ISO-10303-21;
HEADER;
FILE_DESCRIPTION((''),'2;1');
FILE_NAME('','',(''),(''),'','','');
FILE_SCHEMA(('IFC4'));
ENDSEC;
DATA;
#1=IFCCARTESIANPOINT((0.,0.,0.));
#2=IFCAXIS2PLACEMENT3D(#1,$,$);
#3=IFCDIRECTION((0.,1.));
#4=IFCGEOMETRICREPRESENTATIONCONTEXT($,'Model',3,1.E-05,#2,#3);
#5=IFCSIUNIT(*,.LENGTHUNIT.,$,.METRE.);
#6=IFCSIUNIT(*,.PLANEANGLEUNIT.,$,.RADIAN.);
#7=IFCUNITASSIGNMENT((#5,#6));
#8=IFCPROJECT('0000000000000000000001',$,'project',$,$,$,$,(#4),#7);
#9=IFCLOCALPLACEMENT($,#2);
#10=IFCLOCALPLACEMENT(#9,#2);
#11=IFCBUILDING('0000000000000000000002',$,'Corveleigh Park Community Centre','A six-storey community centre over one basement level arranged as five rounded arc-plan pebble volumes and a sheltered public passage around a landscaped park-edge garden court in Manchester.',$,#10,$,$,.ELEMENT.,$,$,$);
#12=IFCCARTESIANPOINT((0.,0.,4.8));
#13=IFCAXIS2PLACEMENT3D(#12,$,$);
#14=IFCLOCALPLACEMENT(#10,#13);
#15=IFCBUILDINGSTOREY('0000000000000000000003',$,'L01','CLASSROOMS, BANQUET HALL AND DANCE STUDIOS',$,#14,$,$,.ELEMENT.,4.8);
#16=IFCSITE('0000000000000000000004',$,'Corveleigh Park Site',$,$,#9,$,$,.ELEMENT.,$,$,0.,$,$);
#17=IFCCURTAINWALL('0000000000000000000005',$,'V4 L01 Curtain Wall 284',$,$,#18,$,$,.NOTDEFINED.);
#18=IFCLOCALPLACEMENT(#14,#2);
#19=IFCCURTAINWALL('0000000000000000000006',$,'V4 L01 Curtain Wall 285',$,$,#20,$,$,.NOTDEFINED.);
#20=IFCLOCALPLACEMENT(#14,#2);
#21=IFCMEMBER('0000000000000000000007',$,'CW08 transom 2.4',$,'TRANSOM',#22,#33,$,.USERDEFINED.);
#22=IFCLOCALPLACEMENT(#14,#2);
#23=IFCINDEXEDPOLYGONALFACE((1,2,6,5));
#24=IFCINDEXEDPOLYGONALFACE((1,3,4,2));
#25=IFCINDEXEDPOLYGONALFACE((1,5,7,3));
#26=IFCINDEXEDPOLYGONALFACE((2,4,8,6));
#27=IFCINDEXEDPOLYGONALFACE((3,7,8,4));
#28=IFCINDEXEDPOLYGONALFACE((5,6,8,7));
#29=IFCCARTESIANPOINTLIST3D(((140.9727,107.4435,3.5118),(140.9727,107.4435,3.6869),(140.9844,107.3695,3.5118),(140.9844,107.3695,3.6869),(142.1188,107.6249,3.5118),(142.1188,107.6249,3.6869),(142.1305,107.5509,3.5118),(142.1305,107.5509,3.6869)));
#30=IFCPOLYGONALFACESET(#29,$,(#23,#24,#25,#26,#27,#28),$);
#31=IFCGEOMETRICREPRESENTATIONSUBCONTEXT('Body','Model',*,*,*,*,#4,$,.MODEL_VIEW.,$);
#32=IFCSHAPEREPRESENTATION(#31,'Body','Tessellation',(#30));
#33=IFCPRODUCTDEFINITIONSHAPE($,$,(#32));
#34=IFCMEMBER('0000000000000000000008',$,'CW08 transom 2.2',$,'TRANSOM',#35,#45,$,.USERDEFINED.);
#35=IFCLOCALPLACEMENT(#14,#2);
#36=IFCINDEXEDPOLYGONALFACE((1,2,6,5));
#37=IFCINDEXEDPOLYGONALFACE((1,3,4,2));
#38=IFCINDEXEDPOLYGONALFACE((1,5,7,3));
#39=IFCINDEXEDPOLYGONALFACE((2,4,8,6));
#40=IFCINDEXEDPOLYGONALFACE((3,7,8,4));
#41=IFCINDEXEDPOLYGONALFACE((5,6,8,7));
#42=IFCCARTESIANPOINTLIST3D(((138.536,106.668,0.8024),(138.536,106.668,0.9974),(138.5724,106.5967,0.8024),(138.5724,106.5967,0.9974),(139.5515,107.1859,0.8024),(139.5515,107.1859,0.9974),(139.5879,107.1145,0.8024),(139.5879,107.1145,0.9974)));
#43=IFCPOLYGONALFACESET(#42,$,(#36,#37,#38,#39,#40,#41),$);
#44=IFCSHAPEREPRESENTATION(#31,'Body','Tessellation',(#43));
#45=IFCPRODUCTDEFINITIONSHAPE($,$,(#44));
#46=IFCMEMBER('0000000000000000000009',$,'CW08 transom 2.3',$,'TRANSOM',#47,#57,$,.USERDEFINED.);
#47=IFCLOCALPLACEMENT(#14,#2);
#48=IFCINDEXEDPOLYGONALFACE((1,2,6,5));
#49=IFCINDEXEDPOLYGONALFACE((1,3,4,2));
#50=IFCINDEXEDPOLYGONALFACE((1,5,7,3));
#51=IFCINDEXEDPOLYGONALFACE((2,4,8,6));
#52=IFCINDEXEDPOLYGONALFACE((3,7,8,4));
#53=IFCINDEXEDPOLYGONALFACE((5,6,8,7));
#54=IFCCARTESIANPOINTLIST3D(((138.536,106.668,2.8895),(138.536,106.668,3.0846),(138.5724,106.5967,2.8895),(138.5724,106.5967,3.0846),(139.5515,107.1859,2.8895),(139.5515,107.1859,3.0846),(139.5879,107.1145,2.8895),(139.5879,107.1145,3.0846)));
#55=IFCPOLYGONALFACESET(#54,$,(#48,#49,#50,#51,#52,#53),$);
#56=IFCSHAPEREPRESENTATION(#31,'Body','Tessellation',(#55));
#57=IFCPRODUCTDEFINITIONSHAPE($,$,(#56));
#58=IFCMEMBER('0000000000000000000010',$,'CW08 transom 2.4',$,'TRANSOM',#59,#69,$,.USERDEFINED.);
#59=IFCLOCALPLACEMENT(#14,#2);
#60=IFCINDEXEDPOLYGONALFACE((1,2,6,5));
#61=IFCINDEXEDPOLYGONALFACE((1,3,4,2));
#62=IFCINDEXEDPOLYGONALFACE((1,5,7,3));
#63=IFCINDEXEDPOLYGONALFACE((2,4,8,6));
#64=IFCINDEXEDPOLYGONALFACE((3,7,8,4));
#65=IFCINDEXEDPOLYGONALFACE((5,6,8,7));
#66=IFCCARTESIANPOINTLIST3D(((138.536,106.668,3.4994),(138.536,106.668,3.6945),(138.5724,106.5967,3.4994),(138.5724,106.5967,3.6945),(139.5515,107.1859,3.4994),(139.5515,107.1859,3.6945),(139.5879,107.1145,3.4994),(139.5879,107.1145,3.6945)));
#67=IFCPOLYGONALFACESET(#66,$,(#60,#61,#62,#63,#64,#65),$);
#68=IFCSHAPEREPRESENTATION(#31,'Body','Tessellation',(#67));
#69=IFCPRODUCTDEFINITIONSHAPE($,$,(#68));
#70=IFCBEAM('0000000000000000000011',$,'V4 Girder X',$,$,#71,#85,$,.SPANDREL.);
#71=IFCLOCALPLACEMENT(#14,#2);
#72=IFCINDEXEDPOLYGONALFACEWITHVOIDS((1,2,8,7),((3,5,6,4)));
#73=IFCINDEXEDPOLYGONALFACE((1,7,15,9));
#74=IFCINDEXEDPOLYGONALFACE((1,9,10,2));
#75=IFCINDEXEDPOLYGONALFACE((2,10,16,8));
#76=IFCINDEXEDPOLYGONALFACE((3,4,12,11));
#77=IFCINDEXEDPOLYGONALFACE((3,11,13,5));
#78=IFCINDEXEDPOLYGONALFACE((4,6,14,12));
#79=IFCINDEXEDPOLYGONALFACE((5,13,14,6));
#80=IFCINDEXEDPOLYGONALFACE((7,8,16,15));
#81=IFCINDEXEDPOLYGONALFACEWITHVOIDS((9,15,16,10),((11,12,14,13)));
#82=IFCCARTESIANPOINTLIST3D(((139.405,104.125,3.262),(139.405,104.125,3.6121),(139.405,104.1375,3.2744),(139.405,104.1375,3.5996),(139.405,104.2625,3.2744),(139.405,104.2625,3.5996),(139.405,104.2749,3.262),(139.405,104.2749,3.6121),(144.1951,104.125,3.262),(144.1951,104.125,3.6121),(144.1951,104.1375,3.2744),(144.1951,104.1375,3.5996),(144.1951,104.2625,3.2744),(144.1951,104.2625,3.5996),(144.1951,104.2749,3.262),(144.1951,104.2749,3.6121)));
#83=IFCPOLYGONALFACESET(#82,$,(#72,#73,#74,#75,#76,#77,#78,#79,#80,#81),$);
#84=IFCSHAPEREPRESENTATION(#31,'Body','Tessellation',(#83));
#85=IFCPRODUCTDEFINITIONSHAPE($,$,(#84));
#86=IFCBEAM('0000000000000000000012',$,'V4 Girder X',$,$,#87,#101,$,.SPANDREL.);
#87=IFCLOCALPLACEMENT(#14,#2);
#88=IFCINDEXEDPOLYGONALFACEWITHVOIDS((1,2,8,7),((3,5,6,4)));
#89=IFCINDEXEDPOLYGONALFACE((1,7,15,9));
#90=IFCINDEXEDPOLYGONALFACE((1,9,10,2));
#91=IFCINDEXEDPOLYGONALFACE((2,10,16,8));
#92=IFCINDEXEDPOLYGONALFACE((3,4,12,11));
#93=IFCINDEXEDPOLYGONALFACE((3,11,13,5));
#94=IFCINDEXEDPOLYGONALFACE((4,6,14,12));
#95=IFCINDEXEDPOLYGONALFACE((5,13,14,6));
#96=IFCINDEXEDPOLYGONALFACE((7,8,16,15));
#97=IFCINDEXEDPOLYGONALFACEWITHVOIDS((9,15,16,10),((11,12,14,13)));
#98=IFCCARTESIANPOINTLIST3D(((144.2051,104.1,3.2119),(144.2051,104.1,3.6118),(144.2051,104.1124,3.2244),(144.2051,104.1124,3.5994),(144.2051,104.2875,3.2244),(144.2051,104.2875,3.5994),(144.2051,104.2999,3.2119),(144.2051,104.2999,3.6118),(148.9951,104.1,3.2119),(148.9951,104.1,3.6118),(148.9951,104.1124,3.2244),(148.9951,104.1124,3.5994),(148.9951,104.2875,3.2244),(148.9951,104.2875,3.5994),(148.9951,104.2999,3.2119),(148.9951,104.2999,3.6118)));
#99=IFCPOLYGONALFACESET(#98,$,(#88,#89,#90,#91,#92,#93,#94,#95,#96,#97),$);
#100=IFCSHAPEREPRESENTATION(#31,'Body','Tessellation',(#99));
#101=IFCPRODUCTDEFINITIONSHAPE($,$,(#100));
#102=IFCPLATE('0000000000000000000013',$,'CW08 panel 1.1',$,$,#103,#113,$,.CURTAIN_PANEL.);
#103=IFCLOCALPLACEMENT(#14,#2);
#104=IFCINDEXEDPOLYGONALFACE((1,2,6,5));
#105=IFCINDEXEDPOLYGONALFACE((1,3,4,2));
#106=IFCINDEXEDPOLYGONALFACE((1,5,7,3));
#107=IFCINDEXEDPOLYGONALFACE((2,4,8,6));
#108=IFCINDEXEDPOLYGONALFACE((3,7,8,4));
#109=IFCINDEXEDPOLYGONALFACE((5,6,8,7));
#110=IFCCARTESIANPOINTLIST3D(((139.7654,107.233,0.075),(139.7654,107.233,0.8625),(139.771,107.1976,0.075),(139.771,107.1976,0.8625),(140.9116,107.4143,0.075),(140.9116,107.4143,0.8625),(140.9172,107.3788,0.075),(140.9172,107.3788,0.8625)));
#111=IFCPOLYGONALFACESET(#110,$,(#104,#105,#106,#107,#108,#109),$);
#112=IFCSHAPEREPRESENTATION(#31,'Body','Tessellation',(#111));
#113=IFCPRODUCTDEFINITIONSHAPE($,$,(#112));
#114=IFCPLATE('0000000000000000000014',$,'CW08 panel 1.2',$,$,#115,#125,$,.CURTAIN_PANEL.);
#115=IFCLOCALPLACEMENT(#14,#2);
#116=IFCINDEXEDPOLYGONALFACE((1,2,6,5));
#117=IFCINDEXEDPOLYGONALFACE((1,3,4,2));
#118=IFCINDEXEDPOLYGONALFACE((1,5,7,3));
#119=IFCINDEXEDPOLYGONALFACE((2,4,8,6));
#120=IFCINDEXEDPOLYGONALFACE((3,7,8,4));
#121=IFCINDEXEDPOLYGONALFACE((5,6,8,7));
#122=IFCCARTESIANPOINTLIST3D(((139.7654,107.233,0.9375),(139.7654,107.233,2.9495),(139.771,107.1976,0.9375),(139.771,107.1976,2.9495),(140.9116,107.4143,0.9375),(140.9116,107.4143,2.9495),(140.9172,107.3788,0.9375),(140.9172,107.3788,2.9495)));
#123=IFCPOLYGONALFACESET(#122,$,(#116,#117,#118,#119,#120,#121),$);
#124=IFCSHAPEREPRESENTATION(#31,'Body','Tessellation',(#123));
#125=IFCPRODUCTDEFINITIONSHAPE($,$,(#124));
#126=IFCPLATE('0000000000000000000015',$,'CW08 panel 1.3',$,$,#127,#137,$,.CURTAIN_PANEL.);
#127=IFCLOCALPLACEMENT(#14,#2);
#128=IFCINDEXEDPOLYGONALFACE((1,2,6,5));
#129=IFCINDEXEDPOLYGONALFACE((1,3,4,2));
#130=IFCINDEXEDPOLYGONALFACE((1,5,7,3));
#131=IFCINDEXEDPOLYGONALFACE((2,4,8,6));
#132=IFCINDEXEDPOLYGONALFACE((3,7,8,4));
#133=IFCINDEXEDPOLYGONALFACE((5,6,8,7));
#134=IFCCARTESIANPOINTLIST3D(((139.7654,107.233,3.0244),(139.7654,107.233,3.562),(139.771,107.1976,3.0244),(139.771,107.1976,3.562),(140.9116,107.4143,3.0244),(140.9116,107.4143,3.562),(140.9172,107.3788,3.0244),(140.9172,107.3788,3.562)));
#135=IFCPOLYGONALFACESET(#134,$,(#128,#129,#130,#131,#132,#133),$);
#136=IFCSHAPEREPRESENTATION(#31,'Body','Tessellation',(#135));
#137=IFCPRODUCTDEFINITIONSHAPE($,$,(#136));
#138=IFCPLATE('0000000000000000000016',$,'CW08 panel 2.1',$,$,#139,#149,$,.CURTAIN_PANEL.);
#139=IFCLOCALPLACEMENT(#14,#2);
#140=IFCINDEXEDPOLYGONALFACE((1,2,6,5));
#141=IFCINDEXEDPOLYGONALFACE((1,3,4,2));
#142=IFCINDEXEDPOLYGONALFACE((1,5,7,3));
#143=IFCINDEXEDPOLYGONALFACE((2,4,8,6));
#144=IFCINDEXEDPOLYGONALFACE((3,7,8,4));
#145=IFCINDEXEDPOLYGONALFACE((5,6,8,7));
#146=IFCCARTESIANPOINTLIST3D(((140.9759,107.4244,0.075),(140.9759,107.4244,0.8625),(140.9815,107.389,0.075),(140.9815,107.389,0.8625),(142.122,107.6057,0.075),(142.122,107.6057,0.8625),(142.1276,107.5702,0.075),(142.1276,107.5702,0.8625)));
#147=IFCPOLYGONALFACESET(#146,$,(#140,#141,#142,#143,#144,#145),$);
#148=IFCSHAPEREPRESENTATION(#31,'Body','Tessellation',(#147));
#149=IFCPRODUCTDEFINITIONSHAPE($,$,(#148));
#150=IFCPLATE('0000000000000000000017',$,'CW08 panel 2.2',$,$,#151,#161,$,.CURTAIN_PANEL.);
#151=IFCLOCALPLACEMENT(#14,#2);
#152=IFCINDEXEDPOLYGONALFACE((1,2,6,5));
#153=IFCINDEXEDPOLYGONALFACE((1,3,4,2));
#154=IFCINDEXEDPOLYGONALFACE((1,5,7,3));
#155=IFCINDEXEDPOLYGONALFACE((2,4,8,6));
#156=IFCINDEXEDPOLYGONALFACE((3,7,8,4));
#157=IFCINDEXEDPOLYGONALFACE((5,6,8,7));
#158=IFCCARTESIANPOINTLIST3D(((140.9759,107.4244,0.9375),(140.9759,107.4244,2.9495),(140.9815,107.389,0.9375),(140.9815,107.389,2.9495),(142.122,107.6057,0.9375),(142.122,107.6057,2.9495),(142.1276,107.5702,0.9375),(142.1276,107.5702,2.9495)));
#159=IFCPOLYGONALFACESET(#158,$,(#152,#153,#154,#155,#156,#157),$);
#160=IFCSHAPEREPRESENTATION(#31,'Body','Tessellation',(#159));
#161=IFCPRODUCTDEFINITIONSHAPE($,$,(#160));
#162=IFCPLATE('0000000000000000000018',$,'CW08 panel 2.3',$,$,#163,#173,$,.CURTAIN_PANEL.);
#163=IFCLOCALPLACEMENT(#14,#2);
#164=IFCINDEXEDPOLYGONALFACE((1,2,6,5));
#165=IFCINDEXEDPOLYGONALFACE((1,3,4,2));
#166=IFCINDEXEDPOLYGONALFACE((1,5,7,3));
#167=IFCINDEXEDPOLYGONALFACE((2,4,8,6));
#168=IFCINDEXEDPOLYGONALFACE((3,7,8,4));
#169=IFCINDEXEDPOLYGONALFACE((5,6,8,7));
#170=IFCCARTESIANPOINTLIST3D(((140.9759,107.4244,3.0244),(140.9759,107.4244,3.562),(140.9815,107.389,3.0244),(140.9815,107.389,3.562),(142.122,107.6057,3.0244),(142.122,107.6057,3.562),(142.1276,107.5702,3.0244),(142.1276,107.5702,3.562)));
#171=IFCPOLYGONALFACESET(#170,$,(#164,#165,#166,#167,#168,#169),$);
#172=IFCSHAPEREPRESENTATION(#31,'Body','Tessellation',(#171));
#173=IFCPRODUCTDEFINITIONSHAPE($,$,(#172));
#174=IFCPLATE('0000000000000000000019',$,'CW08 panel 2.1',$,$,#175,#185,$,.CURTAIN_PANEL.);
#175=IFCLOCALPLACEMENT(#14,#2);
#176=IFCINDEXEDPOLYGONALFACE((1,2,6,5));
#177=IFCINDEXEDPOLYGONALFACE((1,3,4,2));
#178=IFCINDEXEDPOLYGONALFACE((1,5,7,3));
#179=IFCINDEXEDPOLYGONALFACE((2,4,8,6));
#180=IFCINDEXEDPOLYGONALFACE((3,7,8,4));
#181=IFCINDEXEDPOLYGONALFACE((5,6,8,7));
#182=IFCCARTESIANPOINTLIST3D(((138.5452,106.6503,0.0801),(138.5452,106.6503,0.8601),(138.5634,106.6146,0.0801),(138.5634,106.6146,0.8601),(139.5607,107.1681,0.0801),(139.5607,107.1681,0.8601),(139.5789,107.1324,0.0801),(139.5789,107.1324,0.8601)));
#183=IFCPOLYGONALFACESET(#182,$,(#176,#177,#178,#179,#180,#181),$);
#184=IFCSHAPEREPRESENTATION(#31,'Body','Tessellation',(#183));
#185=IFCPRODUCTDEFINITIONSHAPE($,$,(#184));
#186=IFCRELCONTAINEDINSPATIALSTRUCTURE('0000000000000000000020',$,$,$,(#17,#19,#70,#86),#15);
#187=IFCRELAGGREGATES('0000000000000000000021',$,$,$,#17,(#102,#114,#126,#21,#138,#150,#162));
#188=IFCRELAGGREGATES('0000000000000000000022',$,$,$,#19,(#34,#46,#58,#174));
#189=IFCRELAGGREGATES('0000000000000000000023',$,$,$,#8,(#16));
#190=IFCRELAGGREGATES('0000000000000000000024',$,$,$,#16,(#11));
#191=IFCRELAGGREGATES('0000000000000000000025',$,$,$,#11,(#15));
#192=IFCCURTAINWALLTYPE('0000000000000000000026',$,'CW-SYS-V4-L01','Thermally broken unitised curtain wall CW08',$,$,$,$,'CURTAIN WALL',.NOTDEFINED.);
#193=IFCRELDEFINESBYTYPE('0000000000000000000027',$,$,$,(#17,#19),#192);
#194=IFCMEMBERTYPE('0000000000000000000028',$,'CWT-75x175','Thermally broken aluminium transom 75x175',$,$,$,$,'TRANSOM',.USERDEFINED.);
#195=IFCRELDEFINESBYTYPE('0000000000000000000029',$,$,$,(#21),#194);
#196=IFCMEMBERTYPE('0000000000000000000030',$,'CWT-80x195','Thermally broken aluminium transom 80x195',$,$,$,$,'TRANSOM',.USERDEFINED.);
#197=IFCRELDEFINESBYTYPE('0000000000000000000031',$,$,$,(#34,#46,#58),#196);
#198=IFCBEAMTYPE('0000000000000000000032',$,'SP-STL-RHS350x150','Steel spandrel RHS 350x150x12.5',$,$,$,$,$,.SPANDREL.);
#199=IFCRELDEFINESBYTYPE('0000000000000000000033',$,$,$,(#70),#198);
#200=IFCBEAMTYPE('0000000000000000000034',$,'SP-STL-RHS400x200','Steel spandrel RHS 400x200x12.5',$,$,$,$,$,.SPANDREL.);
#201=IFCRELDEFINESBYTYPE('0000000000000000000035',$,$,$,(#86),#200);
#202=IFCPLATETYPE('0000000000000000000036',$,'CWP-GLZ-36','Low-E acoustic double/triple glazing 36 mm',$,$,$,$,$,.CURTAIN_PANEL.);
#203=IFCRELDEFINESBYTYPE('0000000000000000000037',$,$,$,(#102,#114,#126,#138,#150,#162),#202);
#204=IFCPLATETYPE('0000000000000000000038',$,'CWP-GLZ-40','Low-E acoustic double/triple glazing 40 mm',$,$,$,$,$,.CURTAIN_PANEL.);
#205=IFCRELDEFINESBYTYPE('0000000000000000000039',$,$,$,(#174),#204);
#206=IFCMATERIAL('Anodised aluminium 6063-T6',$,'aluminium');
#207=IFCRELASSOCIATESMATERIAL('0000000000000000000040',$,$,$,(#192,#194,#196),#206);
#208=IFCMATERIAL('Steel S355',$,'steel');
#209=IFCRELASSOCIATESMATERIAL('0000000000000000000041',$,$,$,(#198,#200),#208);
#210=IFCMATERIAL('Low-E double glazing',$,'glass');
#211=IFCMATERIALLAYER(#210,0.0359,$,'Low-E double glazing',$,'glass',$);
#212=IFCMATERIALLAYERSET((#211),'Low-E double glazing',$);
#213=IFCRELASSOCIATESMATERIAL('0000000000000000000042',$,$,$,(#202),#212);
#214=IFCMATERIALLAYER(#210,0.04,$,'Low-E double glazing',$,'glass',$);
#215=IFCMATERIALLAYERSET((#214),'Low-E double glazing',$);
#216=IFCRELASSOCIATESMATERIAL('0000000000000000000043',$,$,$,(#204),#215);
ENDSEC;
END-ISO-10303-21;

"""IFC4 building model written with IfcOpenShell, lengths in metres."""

from ifc_helpers import new_model, si_unit, direction, frame, origin, origin_2d, place, context, subcontext, project, spatial, rectangle, hollow_rectangle, extrude, material, layer, layer_set, material_profile, profile_set, type_object, element, aggregate, save


model = new_model("IFC4")

# Units and contexts
model_context = context("Model", 3, precision=1e-05, world=origin(), true_north=direction((0.0, 1.0)))
body_context = subcontext(model_context, "Body", "Model", "MODEL_VIEW")
ifc_project = project(units=[si_unit("LENGTHUNIT", "METRE"), si_unit("PLANEANGLEUNIT", "RADIAN")], contexts=[model_context])

# Site, building, storey
site_placement = place(None, origin())
site = spatial("IfcSite", under=ifc_project, at=site_placement, Name="Corveleigh Park Site", CompositionType="ELEMENT", RefElevation=0.0)
building_placement = place(site_placement, origin())
building = spatial("IfcBuilding", under=site, at=building_placement, Name="Corveleigh Park Community Centre", Description="A six-storey community centre over one basement level arranged as five rounded arc-plan pebble volumes and a sheltered public passage around a landscaped park-edge garden court in Manchester.", CompositionType="ELEMENT")
storey_placement = place(building_placement, frame((0.0, 0.0, 4.8)))
storey = spatial("IfcBuildingStorey", under=building, at=storey_placement, Name="L01", Description="CLASSROOMS, BANQUET HALL AND DANCE STUDIOS", CompositionType="ELEMENT", Elevation=4.8)

# Shared definitions
ifc_material_1 = material(Name="Steel S355", Category="steel")

# Curtain wall
ifc_material_2 = material(Name="Anodised aluminium 6063-T6", Category="aluminium")
curtain_wall_type = type_object("IfcCurtainWallType", Name="CW-SYS-V4-L01", Description="Thermally broken unitised curtain wall CW08", ElementType="CURTAIN WALL", PredefinedType="NOTDEFINED", material=ifc_material_2)
curtain_wall_1_placement = place(storey_placement, origin())
curtain_wall_1 = element("IfcCurtainWall", 1, at=curtain_wall_1_placement, inside=storey, type_object=curtain_wall_type, Name="V4 L01 Curtain Wall 284", PredefinedType="NOTDEFINED")

# Curtain wall
curtain_wall_2_placement = place(storey_placement, origin())
curtain_wall_2 = element("IfcCurtainWall", 2, at=curtain_wall_2_placement, inside=storey, type_object=curtain_wall_type, Name="V4 L01 Curtain Wall 285", PredefinedType="NOTDEFINED")

# Members
ifc_material_profile_1 = material_profile(ifc_material_2, rectangle(XDim=0.075, YDim=0.175, at=origin_2d()), Name="ALU-T75x175", Category="aluminium")
ifc_profile_set_1 = profile_set([ifc_material_profile_1], Name="Anodised aluminium 6063-T6")
member_type_1 = type_object("IfcMemberType", Name="CWT-75x175", Description="Thermally broken aluminium transom 75x175", ElementType="TRANSOM", PredefinedType="USERDEFINED", material=ifc_profile_set_1)
member_1_placement = place(storey_placement, frame((140.9785, 107.4065, 3.5994), z_axis=(0.987708, 0.156308, 0.0), x_axis=(-0.156308, 0.987708, 0.0)))
member_1 = element("IfcMember", 3, at=member_1_placement, type_object=member_type_1, Name="CW08 transom 2.4", ObjectType="TRANSOM", PredefinedType="USERDEFINED", context=body_context, shape_type="SweptSolid", body=[
    extrude(rectangle(XDim=0.075, YDim=0.175, at=origin_2d()), origin(), (0.0, 0.0, 1.0), 1.1604),
])
ifc_material_profile_2 = material_profile(ifc_material_2, rectangle(XDim=0.0801, YDim=0.1951, at=origin_2d()), Name="ALU-T80x195", Category="aluminium")
ifc_profile_set_2 = profile_set([ifc_material_profile_2], Name="Anodised aluminium 6063-T6")
member_type_2 = type_object("IfcMemberType", Name="CWT-80x195", Description="Thermally broken aluminium transom 80x195", ElementType="TRANSOM", PredefinedType="USERDEFINED", material=ifc_profile_set_2)
member_2_placement = place(storey_placement, frame((138.5542, 106.6323, 0.8999), z_axis=(0.890843, 0.454311, 0.0), x_axis=(-0.454311, 0.890843, 0.0)))
member_2 = element("IfcMember", 4, at=member_2_placement, type_object=member_type_2, Name="CW08 transom 2.2", ObjectType="TRANSOM", PredefinedType="USERDEFINED", context=body_context, shape_type="SweptSolid", body=[
    extrude(rectangle(XDim=0.0801, YDim=0.1951, at=origin_2d()), origin(), (0.0, 0.0, 1.0), 1.1399),
])
member_3_placement = place(storey_placement, frame((138.5542, 106.6323, 2.9871), z_axis=(0.890843, 0.454311, 0.0), x_axis=(-0.454311, 0.890843, 0.0)))
member_3 = element("IfcMember", 5, at=member_3_placement, type_object=member_type_2, Name="CW08 transom 2.3", ObjectType="TRANSOM", PredefinedType="USERDEFINED", context=body_context, shape_type="SweptSolid", body=[
    extrude(rectangle(XDim=0.0801, YDim=0.1951, at=origin_2d()), origin(), (0.0, 0.0, 1.0), 1.1399),
])
member_4_placement = place(storey_placement, frame((138.5542, 106.6323, 3.5969), z_axis=(0.890843, 0.454311, 0.0), x_axis=(-0.454311, 0.890843, 0.0)))
member_4 = element("IfcMember", 6, at=member_4_placement, type_object=member_type_2, Name="CW08 transom 2.4", ObjectType="TRANSOM", PredefinedType="USERDEFINED", context=body_context, shape_type="SweptSolid", body=[
    extrude(rectangle(XDim=0.0801, YDim=0.1951, at=origin_2d()), origin(), (0.0, 0.0, 1.0), 1.1399),
])

# Beams
ifc_material_profile_3 = material_profile(ifc_material_1, hollow_rectangle(XDim=0.1499, YDim=0.3501, WallThickness=0.0125, at=origin_2d()), Name="RHS 350x150x12.5", Category="steel")
ifc_profile_set_3 = profile_set([ifc_material_profile_3], Name="Steel S355")
beam_type_1 = type_object("IfcBeamType", Name="SP-STL-RHS350x150", Description="Steel spandrel RHS 350x150x12.5", PredefinedType="SPANDREL", material=ifc_profile_set_3)
beam_1_placement = place(storey_placement, frame((139.405, 104.2, 3.437), z_axis=(1.0, 0.0, 0.0), x_axis=(0.0, 1.0, 0.0)))
element("IfcBeam", 7, at=beam_1_placement, inside=storey, type_object=beam_type_1, Name="V4 Girder X", PredefinedType="SPANDREL", context=body_context, shape_type="SweptSolid", body=[
    extrude(hollow_rectangle(XDim=0.1499, YDim=0.3501, WallThickness=0.0125, at=origin_2d()), origin(), (0.0, 0.0, 1.0), 4.79),
])
ifc_material_profile_4 = material_profile(ifc_material_1, hollow_rectangle(XDim=0.2, YDim=0.3999, WallThickness=0.0125, at=origin_2d()), Name="RHS 400x200x12.5", Category="steel")
ifc_profile_set_4 = profile_set([ifc_material_profile_4], Name="Steel S355")
beam_type_2 = type_object("IfcBeamType", Name="SP-STL-RHS400x200", Description="Steel spandrel RHS 400x200x12.5", PredefinedType="SPANDREL", material=ifc_profile_set_4)
beam_2_placement = place(storey_placement, frame((144.2051, 104.2, 3.4119), z_axis=(1.0, 0.0, 0.0), x_axis=(0.0, 1.0, 0.0)))
element("IfcBeam", 8, at=beam_2_placement, inside=storey, type_object=beam_type_2, Name="V4 Girder X", PredefinedType="SPANDREL", context=body_context, shape_type="SweptSolid", body=[
    extrude(hollow_rectangle(XDim=0.2, YDim=0.3999, WallThickness=0.0125, at=origin_2d()), origin(), (0.0, 0.0, 1.0), 4.79),
])

# Plates
ifc_material_3 = material(Name="Low-E double glazing", Category="glass")
ifc_layer_1 = layer(ifc_material_3, 0.0359, Name="Low-E double glazing", Category="glass")
ifc_layer_set_1 = layer_set([ifc_layer_1], Name="Low-E double glazing")
plate_type_1 = type_object("IfcPlateType", Name="CWP-GLZ-36", Description="Low-E acoustic double/triple glazing 36 mm", PredefinedType="CURTAIN_PANEL", material=ifc_layer_set_1)
plate_1_placement = place(storey_placement, frame((140.3413, 107.3059, 0.075), z_axis=(0.0, 0.0, 1.0), x_axis=(0.987724, 0.156207, 0.0)))
plate_1 = element("IfcPlate", 9, at=plate_1_placement, type_object=plate_type_1, Name="CW08 panel 1.1", PredefinedType="CURTAIN_PANEL", context=body_context, shape_type="SweptSolid", body=[
    extrude(rectangle(XDim=1.1604, YDim=0.0359, at=origin_2d()), origin(), (0.0, 0.0, 1.0), 0.7876),
])
plate_2_placement = place(storey_placement, frame((140.3413, 107.3059, 0.9375), z_axis=(0.0, 0.0, 1.0), x_axis=(0.987724, 0.156207, 0.0)))
plate_2 = element("IfcPlate", 10, at=plate_2_placement, type_object=plate_type_1, Name="CW08 panel 1.2", PredefinedType="CURTAIN_PANEL", context=body_context, shape_type="SweptSolid", body=[
    extrude(rectangle(XDim=1.1604, YDim=0.0359, at=origin_2d()), origin(), (0.0, 0.0, 1.0), 2.012),
])
plate_3_placement = place(storey_placement, frame((140.3413, 107.3059, 3.0244), z_axis=(0.0, 0.0, 1.0), x_axis=(0.987724, 0.156207, 0.0)))
plate_3 = element("IfcPlate", 11, at=plate_3_placement, type_object=plate_type_1, Name="CW08 panel 1.3", PredefinedType="CURTAIN_PANEL", context=body_context, shape_type="SweptSolid", body=[
    extrude(rectangle(XDim=1.1604, YDim=0.0359, at=origin_2d()), origin(), (0.0, 0.0, 1.0), 0.5376),
])
plate_4_placement = place(storey_placement, frame((141.5518, 107.4973, 0.075), z_axis=(0.0, 0.0, 1.0), x_axis=(0.987724, 0.156207, 0.0)))
plate_4 = element("IfcPlate", 12, at=plate_4_placement, type_object=plate_type_1, Name="CW08 panel 2.1", PredefinedType="CURTAIN_PANEL", context=body_context, shape_type="SweptSolid", body=[
    extrude(rectangle(XDim=1.1604, YDim=0.0359, at=origin_2d()), origin(), (0.0, 0.0, 1.0), 0.7876),
])
plate_5_placement = place(storey_placement, frame((141.5518, 107.4973, 0.9375), z_axis=(0.0, 0.0, 1.0), x_axis=(0.987724, 0.156207, 0.0)))
plate_5 = element("IfcPlate", 13, at=plate_5_placement, type_object=plate_type_1, Name="CW08 panel 2.2", PredefinedType="CURTAIN_PANEL", context=body_context, shape_type="SweptSolid", body=[
    extrude(rectangle(XDim=1.1604, YDim=0.0359, at=origin_2d()), origin(), (0.0, 0.0, 1.0), 2.012),
])
plate_6_placement = place(storey_placement, frame((141.5518, 107.4973, 3.0244), z_axis=(0.0, 0.0, 1.0), x_axis=(0.987724, 0.156207, 0.0)))
plate_6 = element("IfcPlate", 14, at=plate_6_placement, type_object=plate_type_1, Name="CW08 panel 2.3", PredefinedType="CURTAIN_PANEL", context=body_context, shape_type="SweptSolid", body=[
    extrude(rectangle(XDim=1.1604, YDim=0.0359, at=origin_2d()), origin(), (0.0, 0.0, 1.0), 0.5376),
])
aggregate(curtain_wall_1, [plate_1, plate_2, plate_3, member_1, plate_4, plate_5, plate_6])
ifc_layer_2 = layer(ifc_material_3, 0.04, Name="Low-E double glazing", Category="glass")
ifc_layer_set_2 = layer_set([ifc_layer_2], Name="Low-E double glazing")
plate_type_2 = type_object("IfcPlateType", Name="CWP-GLZ-40", Description="Low-E acoustic double/triple glazing 40 mm", PredefinedType="CURTAIN_PANEL", material=ifc_layer_set_2)
plate_7_placement = place(storey_placement, frame((139.062, 106.8914, 0.0801), z_axis=(0.0, 0.0, 1.0), x_axis=(0.890865, 0.454269, 0.0)))
plate_7 = element("IfcPlate", 15, at=plate_7_placement, type_object=plate_type_2, Name="CW08 panel 2.1", PredefinedType="CURTAIN_PANEL", context=body_context, shape_type="SweptSolid", body=[
    extrude(rectangle(XDim=1.1399, YDim=0.04, at=origin_2d()), origin(), (0.0, 0.0, 1.0), 0.78),
])
aggregate(curtain_wall_2, [member_2, member_3, member_4, plate_7])

save(model, "model.ifc")
